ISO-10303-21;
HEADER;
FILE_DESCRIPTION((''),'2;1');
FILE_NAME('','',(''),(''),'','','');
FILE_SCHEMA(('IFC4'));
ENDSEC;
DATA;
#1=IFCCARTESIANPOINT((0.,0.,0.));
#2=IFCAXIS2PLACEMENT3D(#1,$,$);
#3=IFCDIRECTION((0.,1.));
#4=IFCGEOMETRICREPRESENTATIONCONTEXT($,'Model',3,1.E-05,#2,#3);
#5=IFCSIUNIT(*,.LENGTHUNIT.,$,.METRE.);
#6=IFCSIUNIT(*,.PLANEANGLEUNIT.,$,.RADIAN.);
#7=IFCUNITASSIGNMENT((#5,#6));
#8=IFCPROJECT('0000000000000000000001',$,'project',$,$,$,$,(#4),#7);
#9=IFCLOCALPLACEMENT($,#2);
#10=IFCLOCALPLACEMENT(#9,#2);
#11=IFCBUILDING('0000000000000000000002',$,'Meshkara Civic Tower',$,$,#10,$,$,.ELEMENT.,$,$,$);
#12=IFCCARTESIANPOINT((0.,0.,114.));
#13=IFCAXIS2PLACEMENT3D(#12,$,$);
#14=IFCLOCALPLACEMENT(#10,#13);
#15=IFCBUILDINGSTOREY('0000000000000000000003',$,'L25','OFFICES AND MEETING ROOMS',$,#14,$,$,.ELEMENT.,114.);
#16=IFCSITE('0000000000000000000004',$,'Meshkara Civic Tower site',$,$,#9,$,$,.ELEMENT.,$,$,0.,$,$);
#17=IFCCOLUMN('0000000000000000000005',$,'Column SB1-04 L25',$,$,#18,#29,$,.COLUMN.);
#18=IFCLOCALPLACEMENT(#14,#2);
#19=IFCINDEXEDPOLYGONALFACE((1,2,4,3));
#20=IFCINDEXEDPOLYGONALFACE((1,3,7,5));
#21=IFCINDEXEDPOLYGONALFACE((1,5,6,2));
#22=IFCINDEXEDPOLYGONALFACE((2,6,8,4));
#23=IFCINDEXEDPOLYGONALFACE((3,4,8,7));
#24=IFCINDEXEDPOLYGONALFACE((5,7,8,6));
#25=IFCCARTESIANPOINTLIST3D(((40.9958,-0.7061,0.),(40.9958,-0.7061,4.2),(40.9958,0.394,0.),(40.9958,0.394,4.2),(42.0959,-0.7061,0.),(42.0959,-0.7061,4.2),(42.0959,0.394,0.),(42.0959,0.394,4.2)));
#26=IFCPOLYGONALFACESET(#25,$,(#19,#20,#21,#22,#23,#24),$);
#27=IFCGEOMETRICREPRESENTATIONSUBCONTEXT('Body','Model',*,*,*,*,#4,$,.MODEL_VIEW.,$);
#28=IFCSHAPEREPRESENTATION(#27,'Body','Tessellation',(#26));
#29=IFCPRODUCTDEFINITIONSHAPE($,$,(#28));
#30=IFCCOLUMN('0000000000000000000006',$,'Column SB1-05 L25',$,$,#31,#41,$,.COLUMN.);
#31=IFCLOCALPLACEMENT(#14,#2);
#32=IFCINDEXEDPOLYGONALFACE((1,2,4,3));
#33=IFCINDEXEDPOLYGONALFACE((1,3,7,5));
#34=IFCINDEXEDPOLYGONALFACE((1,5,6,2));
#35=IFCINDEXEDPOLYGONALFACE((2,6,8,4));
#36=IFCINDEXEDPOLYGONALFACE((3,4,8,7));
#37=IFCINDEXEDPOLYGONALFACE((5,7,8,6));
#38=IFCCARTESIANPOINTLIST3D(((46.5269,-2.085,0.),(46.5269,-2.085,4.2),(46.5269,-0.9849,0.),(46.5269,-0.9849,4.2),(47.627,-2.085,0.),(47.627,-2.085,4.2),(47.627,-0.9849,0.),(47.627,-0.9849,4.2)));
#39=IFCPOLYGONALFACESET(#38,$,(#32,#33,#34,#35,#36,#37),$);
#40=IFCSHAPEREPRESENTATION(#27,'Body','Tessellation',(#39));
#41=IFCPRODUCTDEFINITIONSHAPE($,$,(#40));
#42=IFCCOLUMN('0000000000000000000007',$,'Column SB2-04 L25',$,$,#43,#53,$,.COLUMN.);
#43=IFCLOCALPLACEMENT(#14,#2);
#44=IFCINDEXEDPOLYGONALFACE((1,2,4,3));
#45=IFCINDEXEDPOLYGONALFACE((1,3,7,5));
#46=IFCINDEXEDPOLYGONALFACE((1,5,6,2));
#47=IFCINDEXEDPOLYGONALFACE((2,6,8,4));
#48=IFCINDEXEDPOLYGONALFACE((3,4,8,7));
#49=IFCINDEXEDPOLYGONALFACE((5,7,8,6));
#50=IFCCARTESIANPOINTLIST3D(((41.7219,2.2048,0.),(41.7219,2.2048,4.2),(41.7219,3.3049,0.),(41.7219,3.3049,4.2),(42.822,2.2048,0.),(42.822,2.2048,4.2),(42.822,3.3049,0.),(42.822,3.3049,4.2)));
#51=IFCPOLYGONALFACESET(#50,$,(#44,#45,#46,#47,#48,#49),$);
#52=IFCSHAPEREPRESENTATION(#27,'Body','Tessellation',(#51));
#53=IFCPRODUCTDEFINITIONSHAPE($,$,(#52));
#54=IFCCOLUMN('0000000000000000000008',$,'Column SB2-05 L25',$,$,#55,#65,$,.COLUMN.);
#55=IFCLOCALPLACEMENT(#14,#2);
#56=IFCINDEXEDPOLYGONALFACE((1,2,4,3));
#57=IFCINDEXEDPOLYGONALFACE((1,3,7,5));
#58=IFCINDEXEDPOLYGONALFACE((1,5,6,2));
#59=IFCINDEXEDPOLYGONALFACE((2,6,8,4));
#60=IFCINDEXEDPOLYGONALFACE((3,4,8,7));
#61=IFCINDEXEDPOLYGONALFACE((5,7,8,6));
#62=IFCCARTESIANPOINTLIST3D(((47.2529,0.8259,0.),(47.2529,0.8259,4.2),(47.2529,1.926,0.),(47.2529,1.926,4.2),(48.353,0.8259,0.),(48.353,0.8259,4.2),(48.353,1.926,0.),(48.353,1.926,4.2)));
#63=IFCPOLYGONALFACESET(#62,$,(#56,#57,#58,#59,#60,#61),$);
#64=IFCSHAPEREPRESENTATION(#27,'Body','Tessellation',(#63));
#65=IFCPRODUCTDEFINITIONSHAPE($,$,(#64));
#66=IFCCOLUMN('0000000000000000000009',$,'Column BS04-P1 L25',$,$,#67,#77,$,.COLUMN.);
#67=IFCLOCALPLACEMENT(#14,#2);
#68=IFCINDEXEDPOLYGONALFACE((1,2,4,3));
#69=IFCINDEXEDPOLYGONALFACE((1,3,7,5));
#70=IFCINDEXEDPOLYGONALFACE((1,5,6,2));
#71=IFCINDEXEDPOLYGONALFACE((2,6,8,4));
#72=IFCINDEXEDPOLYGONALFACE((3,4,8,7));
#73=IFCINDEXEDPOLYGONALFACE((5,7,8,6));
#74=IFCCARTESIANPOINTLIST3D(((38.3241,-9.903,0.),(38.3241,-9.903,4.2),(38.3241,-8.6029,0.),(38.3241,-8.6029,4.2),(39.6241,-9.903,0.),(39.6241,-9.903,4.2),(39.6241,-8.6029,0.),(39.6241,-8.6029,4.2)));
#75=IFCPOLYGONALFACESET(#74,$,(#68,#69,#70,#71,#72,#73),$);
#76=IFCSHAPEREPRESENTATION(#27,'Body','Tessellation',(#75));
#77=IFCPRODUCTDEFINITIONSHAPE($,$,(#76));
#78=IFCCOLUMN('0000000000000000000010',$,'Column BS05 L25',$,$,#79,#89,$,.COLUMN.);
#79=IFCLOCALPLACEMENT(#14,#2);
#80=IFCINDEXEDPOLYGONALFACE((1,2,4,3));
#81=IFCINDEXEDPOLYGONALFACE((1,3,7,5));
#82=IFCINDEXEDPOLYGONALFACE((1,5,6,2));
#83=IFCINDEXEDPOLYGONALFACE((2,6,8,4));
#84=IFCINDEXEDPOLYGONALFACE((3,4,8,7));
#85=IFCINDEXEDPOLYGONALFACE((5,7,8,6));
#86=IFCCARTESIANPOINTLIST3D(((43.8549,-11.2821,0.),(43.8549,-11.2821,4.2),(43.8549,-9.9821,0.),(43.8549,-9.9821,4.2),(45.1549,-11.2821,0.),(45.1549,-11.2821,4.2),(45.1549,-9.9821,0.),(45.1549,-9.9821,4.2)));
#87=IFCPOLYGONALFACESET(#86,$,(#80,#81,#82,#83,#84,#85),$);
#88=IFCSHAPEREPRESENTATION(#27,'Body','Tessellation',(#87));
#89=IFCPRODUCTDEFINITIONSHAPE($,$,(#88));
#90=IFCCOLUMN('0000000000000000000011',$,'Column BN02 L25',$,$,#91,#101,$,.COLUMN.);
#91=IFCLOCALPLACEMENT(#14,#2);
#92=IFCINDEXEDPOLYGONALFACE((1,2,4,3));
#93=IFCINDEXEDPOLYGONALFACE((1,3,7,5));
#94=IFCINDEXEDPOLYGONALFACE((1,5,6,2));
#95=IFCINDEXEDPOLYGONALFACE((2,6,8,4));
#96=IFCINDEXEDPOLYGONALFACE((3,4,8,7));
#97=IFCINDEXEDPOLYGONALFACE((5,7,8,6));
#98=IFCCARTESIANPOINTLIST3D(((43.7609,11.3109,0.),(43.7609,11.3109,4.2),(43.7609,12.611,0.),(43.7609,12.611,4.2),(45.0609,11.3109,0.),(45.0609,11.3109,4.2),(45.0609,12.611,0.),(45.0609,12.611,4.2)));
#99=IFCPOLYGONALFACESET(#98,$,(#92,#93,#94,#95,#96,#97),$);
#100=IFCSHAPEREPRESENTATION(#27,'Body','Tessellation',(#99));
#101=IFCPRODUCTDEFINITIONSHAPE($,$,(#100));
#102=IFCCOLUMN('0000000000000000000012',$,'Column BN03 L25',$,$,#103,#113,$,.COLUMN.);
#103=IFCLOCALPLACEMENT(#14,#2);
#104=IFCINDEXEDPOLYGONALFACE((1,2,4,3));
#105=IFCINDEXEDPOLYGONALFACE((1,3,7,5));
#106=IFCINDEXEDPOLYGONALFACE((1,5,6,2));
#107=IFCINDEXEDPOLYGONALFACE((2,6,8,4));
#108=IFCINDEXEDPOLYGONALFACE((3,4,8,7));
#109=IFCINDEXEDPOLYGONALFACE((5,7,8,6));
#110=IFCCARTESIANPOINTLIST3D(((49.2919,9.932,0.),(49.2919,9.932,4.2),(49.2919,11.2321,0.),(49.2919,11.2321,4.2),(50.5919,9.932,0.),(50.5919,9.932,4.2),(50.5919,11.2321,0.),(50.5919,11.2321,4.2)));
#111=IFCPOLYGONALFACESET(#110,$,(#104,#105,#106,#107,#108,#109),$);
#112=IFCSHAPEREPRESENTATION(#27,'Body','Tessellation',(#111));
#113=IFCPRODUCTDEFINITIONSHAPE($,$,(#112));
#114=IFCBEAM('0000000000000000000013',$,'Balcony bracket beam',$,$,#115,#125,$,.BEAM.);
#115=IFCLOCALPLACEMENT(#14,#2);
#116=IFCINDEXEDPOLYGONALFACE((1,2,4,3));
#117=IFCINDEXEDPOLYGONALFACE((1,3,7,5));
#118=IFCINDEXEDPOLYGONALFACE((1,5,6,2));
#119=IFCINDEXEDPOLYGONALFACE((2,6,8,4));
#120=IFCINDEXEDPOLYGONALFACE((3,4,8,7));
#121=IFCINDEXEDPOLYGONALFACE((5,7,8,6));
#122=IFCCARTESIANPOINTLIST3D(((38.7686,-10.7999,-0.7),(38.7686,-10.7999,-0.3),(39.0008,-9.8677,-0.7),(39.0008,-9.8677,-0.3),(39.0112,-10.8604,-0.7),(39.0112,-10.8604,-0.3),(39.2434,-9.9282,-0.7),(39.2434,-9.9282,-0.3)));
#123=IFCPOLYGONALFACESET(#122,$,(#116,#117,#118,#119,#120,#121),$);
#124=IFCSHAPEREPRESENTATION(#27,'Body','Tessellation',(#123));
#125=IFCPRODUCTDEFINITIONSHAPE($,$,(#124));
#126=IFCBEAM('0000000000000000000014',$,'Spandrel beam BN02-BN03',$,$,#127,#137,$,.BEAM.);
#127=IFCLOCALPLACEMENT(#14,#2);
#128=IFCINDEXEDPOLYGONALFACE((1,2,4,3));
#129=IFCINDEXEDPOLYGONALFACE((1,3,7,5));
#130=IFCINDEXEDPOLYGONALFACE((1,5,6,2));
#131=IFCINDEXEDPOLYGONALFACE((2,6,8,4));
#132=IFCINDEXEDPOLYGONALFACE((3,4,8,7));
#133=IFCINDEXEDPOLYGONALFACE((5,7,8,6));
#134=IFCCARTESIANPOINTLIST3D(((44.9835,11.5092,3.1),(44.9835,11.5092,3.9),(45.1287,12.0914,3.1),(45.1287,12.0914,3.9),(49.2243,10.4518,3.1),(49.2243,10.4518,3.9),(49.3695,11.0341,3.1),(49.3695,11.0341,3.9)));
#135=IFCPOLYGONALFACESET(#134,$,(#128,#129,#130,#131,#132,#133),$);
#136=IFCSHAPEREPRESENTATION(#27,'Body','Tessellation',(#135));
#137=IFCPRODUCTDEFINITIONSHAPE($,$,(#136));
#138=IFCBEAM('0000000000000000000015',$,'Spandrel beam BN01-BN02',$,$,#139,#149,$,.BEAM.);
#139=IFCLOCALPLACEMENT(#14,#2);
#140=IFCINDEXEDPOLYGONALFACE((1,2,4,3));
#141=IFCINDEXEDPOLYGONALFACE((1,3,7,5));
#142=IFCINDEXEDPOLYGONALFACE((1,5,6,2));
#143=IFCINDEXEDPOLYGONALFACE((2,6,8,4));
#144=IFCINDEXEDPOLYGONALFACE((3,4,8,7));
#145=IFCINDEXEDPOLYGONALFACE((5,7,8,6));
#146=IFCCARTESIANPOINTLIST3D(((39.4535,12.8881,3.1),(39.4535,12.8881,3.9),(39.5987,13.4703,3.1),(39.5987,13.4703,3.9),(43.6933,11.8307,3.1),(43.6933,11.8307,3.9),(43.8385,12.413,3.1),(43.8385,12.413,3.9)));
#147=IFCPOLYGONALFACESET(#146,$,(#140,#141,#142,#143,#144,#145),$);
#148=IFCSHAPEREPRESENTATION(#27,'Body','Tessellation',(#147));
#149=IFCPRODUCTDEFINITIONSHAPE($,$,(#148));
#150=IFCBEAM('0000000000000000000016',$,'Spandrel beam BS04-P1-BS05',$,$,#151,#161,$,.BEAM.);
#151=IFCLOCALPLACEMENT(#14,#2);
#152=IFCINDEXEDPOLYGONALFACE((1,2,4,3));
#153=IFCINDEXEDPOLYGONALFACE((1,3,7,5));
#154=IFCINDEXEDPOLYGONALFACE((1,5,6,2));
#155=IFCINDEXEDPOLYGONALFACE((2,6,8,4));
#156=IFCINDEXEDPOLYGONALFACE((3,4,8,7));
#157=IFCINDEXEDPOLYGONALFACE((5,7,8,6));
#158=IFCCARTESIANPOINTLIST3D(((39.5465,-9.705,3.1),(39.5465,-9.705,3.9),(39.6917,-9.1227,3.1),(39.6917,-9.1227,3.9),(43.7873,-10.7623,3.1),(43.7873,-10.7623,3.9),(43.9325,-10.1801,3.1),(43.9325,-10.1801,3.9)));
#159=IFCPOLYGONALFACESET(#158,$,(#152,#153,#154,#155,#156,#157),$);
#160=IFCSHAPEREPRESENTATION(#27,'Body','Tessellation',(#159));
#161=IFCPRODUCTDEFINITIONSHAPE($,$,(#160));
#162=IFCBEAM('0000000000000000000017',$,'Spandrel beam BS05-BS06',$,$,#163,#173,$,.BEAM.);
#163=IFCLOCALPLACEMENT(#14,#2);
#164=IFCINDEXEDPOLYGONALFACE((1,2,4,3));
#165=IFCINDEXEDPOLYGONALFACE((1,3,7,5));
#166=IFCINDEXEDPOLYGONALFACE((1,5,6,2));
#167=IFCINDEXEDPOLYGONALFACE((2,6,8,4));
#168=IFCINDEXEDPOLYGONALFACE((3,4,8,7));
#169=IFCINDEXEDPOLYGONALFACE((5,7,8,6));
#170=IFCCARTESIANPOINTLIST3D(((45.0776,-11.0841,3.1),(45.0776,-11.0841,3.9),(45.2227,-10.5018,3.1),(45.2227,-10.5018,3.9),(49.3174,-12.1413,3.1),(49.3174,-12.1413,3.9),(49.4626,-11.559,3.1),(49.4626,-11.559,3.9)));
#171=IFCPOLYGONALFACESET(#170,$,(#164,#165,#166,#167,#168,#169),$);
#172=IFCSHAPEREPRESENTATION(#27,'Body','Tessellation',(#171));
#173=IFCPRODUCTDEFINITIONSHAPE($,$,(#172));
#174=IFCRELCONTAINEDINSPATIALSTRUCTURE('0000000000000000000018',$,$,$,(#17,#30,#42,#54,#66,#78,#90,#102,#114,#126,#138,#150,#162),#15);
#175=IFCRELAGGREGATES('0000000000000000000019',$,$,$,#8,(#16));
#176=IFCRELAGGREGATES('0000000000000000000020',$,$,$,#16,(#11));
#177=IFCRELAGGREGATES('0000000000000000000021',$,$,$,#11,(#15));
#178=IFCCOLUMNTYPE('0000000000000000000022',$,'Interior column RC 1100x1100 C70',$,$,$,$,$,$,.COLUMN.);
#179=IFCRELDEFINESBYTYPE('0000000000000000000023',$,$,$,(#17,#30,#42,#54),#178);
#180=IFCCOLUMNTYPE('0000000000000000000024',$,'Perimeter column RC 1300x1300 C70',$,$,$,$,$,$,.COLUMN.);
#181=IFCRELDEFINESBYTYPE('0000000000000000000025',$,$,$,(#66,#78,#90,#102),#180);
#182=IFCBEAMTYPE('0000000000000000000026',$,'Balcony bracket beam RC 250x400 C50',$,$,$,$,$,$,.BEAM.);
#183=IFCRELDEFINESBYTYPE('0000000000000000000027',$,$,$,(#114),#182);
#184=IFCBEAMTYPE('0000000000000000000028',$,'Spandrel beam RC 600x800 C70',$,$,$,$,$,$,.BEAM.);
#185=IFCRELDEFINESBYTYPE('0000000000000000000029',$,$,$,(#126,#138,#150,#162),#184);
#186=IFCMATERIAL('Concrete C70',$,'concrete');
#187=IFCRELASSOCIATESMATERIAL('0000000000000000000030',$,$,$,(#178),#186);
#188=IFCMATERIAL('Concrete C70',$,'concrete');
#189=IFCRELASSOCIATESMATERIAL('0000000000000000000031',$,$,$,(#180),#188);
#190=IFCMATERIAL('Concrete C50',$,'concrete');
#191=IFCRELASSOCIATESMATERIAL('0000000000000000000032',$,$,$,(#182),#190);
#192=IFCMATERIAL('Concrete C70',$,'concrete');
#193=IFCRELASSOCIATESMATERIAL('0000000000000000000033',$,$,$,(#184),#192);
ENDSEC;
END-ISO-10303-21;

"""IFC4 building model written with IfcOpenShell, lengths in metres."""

from ifc_helpers import new_model, si_unit, direction, frame, origin, origin_2d, place, context, subcontext, project, spatial, rectangle, extrude, material, material_profile, profile_set, type_object, element, save


model = new_model("IFC4")

# Units and contexts
model_context = context("Model", 3, precision=1e-05, world=origin(), true_north=direction((0.0, 1.0)))
body_context = subcontext(model_context, "Body", "Model", "MODEL_VIEW")
ifc_project = project(units=[si_unit("LENGTHUNIT", "METRE"), si_unit("PLANEANGLEUNIT", "RADIAN")], contexts=[model_context])

# Site, building, storey
site_placement = place(None, origin())
site = spatial("IfcSite", under=ifc_project, at=site_placement, Name="Meshkara Civic Tower site", CompositionType="ELEMENT", RefElevation=0.0)
building_placement = place(site_placement, origin())
building = spatial("IfcBuilding", under=site, at=building_placement, Name="Meshkara Civic Tower", CompositionType="ELEMENT")
storey_placement = place(building_placement, frame((0.0, 0.0, 114.0)))
storey = spatial("IfcBuildingStorey", under=building, at=storey_placement, Name="L25", Description="OFFICES AND MEETING ROOMS", CompositionType="ELEMENT", Elevation=114.0)

# Columns
ifc_material_1 = material(Name="Concrete C70", Category="concrete")
ifc_material_profile_1 = material_profile(ifc_material_1, rectangle(XDim=1.1001, YDim=1.1001, at=origin_2d()))
ifc_profile_set_1 = profile_set([ifc_material_profile_1], Name="Concrete C70")
column_type_1 = type_object("IfcColumnType", Name="Interior column RC 1100x1100 C70", PredefinedType="COLUMN", material=ifc_profile_set_1)
for number, where, z_axis, x_axis, name in (
    (1, (41.5459, -0.156, 0.0), (0.0, 0.0, 1.0), (1.0, 0.0, 0.0), "Column SB1-04 L25"),
    (2, (47.0769, -1.5349, 0.0), (0.0, 0.0, 1.0), (1.0, 0.0, 0.0), "Column SB1-05 L25"),
    (3, (42.272, 2.7549, 0.0), (0.0, 0.0, 1.0), (1.0, 0.0, 0.0), "Column SB2-04 L25"),
    (4, (47.803, 1.376, 0.0), (0.0, 0.0, 1.0), (1.0, 0.0, 0.0), "Column SB2-05 L25"),
):
    element("IfcColumn", number, at=place(storey_placement, frame(where, z_axis=z_axis, x_axis=x_axis)), inside=storey, type_object=column_type_1, Name=name, PredefinedType="COLUMN", context=body_context, shape_type="SweptSolid", body=[
        extrude(rectangle(XDim=1.1001, YDim=1.1001, at=origin_2d()), origin(), (0.0, 0.0, 1.0), 4.2),
    ])
ifc_material_2 = material(Name="Concrete C70", Category="concrete")
ifc_material_profile_2 = material_profile(ifc_material_2, rectangle(XDim=1.3, YDim=1.3, at=origin_2d()))
ifc_profile_set_2 = profile_set([ifc_material_profile_2], Name="Concrete C70")
column_type_2 = type_object("IfcColumnType", Name="Perimeter column RC 1300x1300 C70", PredefinedType="COLUMN", material=ifc_profile_set_2)
for number, where, z_axis, x_axis, name in (
    (5, (38.9741, -9.2529, 0.0), (0.0, 0.0, 1.0), (1.0, 0.0, 0.0), "Column BS04-P1 L25"),
    (6, (44.5049, -10.6321, 0.0), (0.0, 0.0, 1.0), (1.0, 0.0, 0.0), "Column BS05 L25"),
    (7, (44.4109, 11.9609, 0.0), (0.0, 0.0, 1.0), (1.0, 0.0, 0.0), "Column BN02 L25"),
    (8, (49.9419, 10.582, 0.0), (0.0, 0.0, 1.0), (1.0, 0.0, 0.0), "Column BN03 L25"),
):
    element("IfcColumn", number, at=place(storey_placement, frame(where, z_axis=z_axis, x_axis=x_axis)), inside=storey, type_object=column_type_2, Name=name, PredefinedType="COLUMN", context=body_context, shape_type="SweptSolid", body=[
        extrude(rectangle(XDim=1.3, YDim=1.3, at=origin_2d()), origin(), (0.0, 0.0, 1.0), 4.2),
    ])

# Beams
ifc_material_3 = material(Name="Concrete C50", Category="concrete")
ifc_material_profile_3 = material_profile(ifc_material_3, rectangle(XDim=0.25, YDim=0.3999, at=origin_2d()))
ifc_profile_set_3 = profile_set([ifc_material_profile_3], Name="Concrete C50")
beam_type_1 = type_object("IfcBeamType", Name="Balcony bracket beam RC 250x400 C50", PredefinedType="BEAM", material=ifc_profile_set_3)
beam_1_placement = place(storey_placement, frame((39.1221, -9.8979, -0.5), z_axis=(-0.241698, -0.970351, 0.0), x_axis=(0.970351, -0.241698, 0.0)))
element("IfcBeam", 9, at=beam_1_placement, inside=storey, type_object=beam_type_1, Name="Balcony bracket beam", PredefinedType="BEAM", context=body_context, shape_type="SweptSolid", body=[
    extrude(rectangle(XDim=0.25, YDim=0.3999, at=origin_2d()), origin(), (0.0, 0.0, 1.0), 0.9607),
])
ifc_material_4 = material(Name="Concrete C70", Category="concrete")
ifc_material_profile_4 = material_profile(ifc_material_4, rectangle(XDim=0.6001, YDim=0.8, at=origin_2d()))
ifc_profile_set_4 = profile_set([ifc_material_profile_4], Name="Concrete C70")
beam_type_2 = type_object("IfcBeamType", Name="Spandrel beam RC 600x800 C70", PredefinedType="BEAM", material=ifc_profile_set_4)
beam_2_placement = place(storey_placement, frame((49.2969, 10.7429, 3.5), z_axis=(-0.970293, 0.241931, 0.0), x_axis=(-0.241931, -0.970293, 0.0)))
element("IfcBeam", 10, at=beam_2_placement, inside=storey, type_object=beam_type_2, Name="Spandrel beam BN02-BN03", PredefinedType="BEAM", context=body_context, shape_type="SweptSolid", body=[
    extrude(rectangle(XDim=0.6001, YDim=0.8, at=origin_2d()), origin(), (0.0, 0.0, 1.0), 4.3706),
])
beam_3_placement = place(storey_placement, frame((43.7659, 12.1218, 3.5), z_axis=(-0.97028, 0.241983, 0.0), x_axis=(-0.241983, -0.97028, 0.0)))
element("IfcBeam", 11, at=beam_3_placement, inside=storey, type_object=beam_type_2, Name="Spandrel beam BN01-BN02", PredefinedType="BEAM", context=body_context, shape_type="SweptSolid", body=[
    extrude(rectangle(XDim=0.6001, YDim=0.8, at=origin_2d()), origin(), (0.0, 0.0, 1.0), 4.3696),
])
beam_4_placement = place(storey_placement, frame((39.6191, -9.4138, 3.5), z_axis=(0.970293, -0.241931, 0.0), x_axis=(0.241931, 0.970293, 0.0)))
element("IfcBeam", 12, at=beam_4_placement, inside=storey, type_object=beam_type_2, Name="Spandrel beam BS04-P1-BS05", PredefinedType="BEAM", context=body_context, shape_type="SweptSolid", body=[
    extrude(rectangle(XDim=0.6001, YDim=0.8, at=origin_2d()), origin(), (0.0, 0.0, 1.0), 4.3706),
])
beam_5_placement = place(storey_placement, frame((45.1501, -10.793, 3.5), z_axis=(0.970293, -0.241931, 0.0), x_axis=(0.241931, 0.970293, 0.0)))
element("IfcBeam", 13, at=beam_5_placement, inside=storey, type_object=beam_type_2, Name="Spandrel beam BS05-BS06", PredefinedType="BEAM", context=body_context, shape_type="SweptSolid", body=[
    extrude(rectangle(XDim=0.6001, YDim=0.8, at=origin_2d()), origin(), (0.0, 0.0, 1.0), 4.3696),
])

save(model, "model.ifc")
